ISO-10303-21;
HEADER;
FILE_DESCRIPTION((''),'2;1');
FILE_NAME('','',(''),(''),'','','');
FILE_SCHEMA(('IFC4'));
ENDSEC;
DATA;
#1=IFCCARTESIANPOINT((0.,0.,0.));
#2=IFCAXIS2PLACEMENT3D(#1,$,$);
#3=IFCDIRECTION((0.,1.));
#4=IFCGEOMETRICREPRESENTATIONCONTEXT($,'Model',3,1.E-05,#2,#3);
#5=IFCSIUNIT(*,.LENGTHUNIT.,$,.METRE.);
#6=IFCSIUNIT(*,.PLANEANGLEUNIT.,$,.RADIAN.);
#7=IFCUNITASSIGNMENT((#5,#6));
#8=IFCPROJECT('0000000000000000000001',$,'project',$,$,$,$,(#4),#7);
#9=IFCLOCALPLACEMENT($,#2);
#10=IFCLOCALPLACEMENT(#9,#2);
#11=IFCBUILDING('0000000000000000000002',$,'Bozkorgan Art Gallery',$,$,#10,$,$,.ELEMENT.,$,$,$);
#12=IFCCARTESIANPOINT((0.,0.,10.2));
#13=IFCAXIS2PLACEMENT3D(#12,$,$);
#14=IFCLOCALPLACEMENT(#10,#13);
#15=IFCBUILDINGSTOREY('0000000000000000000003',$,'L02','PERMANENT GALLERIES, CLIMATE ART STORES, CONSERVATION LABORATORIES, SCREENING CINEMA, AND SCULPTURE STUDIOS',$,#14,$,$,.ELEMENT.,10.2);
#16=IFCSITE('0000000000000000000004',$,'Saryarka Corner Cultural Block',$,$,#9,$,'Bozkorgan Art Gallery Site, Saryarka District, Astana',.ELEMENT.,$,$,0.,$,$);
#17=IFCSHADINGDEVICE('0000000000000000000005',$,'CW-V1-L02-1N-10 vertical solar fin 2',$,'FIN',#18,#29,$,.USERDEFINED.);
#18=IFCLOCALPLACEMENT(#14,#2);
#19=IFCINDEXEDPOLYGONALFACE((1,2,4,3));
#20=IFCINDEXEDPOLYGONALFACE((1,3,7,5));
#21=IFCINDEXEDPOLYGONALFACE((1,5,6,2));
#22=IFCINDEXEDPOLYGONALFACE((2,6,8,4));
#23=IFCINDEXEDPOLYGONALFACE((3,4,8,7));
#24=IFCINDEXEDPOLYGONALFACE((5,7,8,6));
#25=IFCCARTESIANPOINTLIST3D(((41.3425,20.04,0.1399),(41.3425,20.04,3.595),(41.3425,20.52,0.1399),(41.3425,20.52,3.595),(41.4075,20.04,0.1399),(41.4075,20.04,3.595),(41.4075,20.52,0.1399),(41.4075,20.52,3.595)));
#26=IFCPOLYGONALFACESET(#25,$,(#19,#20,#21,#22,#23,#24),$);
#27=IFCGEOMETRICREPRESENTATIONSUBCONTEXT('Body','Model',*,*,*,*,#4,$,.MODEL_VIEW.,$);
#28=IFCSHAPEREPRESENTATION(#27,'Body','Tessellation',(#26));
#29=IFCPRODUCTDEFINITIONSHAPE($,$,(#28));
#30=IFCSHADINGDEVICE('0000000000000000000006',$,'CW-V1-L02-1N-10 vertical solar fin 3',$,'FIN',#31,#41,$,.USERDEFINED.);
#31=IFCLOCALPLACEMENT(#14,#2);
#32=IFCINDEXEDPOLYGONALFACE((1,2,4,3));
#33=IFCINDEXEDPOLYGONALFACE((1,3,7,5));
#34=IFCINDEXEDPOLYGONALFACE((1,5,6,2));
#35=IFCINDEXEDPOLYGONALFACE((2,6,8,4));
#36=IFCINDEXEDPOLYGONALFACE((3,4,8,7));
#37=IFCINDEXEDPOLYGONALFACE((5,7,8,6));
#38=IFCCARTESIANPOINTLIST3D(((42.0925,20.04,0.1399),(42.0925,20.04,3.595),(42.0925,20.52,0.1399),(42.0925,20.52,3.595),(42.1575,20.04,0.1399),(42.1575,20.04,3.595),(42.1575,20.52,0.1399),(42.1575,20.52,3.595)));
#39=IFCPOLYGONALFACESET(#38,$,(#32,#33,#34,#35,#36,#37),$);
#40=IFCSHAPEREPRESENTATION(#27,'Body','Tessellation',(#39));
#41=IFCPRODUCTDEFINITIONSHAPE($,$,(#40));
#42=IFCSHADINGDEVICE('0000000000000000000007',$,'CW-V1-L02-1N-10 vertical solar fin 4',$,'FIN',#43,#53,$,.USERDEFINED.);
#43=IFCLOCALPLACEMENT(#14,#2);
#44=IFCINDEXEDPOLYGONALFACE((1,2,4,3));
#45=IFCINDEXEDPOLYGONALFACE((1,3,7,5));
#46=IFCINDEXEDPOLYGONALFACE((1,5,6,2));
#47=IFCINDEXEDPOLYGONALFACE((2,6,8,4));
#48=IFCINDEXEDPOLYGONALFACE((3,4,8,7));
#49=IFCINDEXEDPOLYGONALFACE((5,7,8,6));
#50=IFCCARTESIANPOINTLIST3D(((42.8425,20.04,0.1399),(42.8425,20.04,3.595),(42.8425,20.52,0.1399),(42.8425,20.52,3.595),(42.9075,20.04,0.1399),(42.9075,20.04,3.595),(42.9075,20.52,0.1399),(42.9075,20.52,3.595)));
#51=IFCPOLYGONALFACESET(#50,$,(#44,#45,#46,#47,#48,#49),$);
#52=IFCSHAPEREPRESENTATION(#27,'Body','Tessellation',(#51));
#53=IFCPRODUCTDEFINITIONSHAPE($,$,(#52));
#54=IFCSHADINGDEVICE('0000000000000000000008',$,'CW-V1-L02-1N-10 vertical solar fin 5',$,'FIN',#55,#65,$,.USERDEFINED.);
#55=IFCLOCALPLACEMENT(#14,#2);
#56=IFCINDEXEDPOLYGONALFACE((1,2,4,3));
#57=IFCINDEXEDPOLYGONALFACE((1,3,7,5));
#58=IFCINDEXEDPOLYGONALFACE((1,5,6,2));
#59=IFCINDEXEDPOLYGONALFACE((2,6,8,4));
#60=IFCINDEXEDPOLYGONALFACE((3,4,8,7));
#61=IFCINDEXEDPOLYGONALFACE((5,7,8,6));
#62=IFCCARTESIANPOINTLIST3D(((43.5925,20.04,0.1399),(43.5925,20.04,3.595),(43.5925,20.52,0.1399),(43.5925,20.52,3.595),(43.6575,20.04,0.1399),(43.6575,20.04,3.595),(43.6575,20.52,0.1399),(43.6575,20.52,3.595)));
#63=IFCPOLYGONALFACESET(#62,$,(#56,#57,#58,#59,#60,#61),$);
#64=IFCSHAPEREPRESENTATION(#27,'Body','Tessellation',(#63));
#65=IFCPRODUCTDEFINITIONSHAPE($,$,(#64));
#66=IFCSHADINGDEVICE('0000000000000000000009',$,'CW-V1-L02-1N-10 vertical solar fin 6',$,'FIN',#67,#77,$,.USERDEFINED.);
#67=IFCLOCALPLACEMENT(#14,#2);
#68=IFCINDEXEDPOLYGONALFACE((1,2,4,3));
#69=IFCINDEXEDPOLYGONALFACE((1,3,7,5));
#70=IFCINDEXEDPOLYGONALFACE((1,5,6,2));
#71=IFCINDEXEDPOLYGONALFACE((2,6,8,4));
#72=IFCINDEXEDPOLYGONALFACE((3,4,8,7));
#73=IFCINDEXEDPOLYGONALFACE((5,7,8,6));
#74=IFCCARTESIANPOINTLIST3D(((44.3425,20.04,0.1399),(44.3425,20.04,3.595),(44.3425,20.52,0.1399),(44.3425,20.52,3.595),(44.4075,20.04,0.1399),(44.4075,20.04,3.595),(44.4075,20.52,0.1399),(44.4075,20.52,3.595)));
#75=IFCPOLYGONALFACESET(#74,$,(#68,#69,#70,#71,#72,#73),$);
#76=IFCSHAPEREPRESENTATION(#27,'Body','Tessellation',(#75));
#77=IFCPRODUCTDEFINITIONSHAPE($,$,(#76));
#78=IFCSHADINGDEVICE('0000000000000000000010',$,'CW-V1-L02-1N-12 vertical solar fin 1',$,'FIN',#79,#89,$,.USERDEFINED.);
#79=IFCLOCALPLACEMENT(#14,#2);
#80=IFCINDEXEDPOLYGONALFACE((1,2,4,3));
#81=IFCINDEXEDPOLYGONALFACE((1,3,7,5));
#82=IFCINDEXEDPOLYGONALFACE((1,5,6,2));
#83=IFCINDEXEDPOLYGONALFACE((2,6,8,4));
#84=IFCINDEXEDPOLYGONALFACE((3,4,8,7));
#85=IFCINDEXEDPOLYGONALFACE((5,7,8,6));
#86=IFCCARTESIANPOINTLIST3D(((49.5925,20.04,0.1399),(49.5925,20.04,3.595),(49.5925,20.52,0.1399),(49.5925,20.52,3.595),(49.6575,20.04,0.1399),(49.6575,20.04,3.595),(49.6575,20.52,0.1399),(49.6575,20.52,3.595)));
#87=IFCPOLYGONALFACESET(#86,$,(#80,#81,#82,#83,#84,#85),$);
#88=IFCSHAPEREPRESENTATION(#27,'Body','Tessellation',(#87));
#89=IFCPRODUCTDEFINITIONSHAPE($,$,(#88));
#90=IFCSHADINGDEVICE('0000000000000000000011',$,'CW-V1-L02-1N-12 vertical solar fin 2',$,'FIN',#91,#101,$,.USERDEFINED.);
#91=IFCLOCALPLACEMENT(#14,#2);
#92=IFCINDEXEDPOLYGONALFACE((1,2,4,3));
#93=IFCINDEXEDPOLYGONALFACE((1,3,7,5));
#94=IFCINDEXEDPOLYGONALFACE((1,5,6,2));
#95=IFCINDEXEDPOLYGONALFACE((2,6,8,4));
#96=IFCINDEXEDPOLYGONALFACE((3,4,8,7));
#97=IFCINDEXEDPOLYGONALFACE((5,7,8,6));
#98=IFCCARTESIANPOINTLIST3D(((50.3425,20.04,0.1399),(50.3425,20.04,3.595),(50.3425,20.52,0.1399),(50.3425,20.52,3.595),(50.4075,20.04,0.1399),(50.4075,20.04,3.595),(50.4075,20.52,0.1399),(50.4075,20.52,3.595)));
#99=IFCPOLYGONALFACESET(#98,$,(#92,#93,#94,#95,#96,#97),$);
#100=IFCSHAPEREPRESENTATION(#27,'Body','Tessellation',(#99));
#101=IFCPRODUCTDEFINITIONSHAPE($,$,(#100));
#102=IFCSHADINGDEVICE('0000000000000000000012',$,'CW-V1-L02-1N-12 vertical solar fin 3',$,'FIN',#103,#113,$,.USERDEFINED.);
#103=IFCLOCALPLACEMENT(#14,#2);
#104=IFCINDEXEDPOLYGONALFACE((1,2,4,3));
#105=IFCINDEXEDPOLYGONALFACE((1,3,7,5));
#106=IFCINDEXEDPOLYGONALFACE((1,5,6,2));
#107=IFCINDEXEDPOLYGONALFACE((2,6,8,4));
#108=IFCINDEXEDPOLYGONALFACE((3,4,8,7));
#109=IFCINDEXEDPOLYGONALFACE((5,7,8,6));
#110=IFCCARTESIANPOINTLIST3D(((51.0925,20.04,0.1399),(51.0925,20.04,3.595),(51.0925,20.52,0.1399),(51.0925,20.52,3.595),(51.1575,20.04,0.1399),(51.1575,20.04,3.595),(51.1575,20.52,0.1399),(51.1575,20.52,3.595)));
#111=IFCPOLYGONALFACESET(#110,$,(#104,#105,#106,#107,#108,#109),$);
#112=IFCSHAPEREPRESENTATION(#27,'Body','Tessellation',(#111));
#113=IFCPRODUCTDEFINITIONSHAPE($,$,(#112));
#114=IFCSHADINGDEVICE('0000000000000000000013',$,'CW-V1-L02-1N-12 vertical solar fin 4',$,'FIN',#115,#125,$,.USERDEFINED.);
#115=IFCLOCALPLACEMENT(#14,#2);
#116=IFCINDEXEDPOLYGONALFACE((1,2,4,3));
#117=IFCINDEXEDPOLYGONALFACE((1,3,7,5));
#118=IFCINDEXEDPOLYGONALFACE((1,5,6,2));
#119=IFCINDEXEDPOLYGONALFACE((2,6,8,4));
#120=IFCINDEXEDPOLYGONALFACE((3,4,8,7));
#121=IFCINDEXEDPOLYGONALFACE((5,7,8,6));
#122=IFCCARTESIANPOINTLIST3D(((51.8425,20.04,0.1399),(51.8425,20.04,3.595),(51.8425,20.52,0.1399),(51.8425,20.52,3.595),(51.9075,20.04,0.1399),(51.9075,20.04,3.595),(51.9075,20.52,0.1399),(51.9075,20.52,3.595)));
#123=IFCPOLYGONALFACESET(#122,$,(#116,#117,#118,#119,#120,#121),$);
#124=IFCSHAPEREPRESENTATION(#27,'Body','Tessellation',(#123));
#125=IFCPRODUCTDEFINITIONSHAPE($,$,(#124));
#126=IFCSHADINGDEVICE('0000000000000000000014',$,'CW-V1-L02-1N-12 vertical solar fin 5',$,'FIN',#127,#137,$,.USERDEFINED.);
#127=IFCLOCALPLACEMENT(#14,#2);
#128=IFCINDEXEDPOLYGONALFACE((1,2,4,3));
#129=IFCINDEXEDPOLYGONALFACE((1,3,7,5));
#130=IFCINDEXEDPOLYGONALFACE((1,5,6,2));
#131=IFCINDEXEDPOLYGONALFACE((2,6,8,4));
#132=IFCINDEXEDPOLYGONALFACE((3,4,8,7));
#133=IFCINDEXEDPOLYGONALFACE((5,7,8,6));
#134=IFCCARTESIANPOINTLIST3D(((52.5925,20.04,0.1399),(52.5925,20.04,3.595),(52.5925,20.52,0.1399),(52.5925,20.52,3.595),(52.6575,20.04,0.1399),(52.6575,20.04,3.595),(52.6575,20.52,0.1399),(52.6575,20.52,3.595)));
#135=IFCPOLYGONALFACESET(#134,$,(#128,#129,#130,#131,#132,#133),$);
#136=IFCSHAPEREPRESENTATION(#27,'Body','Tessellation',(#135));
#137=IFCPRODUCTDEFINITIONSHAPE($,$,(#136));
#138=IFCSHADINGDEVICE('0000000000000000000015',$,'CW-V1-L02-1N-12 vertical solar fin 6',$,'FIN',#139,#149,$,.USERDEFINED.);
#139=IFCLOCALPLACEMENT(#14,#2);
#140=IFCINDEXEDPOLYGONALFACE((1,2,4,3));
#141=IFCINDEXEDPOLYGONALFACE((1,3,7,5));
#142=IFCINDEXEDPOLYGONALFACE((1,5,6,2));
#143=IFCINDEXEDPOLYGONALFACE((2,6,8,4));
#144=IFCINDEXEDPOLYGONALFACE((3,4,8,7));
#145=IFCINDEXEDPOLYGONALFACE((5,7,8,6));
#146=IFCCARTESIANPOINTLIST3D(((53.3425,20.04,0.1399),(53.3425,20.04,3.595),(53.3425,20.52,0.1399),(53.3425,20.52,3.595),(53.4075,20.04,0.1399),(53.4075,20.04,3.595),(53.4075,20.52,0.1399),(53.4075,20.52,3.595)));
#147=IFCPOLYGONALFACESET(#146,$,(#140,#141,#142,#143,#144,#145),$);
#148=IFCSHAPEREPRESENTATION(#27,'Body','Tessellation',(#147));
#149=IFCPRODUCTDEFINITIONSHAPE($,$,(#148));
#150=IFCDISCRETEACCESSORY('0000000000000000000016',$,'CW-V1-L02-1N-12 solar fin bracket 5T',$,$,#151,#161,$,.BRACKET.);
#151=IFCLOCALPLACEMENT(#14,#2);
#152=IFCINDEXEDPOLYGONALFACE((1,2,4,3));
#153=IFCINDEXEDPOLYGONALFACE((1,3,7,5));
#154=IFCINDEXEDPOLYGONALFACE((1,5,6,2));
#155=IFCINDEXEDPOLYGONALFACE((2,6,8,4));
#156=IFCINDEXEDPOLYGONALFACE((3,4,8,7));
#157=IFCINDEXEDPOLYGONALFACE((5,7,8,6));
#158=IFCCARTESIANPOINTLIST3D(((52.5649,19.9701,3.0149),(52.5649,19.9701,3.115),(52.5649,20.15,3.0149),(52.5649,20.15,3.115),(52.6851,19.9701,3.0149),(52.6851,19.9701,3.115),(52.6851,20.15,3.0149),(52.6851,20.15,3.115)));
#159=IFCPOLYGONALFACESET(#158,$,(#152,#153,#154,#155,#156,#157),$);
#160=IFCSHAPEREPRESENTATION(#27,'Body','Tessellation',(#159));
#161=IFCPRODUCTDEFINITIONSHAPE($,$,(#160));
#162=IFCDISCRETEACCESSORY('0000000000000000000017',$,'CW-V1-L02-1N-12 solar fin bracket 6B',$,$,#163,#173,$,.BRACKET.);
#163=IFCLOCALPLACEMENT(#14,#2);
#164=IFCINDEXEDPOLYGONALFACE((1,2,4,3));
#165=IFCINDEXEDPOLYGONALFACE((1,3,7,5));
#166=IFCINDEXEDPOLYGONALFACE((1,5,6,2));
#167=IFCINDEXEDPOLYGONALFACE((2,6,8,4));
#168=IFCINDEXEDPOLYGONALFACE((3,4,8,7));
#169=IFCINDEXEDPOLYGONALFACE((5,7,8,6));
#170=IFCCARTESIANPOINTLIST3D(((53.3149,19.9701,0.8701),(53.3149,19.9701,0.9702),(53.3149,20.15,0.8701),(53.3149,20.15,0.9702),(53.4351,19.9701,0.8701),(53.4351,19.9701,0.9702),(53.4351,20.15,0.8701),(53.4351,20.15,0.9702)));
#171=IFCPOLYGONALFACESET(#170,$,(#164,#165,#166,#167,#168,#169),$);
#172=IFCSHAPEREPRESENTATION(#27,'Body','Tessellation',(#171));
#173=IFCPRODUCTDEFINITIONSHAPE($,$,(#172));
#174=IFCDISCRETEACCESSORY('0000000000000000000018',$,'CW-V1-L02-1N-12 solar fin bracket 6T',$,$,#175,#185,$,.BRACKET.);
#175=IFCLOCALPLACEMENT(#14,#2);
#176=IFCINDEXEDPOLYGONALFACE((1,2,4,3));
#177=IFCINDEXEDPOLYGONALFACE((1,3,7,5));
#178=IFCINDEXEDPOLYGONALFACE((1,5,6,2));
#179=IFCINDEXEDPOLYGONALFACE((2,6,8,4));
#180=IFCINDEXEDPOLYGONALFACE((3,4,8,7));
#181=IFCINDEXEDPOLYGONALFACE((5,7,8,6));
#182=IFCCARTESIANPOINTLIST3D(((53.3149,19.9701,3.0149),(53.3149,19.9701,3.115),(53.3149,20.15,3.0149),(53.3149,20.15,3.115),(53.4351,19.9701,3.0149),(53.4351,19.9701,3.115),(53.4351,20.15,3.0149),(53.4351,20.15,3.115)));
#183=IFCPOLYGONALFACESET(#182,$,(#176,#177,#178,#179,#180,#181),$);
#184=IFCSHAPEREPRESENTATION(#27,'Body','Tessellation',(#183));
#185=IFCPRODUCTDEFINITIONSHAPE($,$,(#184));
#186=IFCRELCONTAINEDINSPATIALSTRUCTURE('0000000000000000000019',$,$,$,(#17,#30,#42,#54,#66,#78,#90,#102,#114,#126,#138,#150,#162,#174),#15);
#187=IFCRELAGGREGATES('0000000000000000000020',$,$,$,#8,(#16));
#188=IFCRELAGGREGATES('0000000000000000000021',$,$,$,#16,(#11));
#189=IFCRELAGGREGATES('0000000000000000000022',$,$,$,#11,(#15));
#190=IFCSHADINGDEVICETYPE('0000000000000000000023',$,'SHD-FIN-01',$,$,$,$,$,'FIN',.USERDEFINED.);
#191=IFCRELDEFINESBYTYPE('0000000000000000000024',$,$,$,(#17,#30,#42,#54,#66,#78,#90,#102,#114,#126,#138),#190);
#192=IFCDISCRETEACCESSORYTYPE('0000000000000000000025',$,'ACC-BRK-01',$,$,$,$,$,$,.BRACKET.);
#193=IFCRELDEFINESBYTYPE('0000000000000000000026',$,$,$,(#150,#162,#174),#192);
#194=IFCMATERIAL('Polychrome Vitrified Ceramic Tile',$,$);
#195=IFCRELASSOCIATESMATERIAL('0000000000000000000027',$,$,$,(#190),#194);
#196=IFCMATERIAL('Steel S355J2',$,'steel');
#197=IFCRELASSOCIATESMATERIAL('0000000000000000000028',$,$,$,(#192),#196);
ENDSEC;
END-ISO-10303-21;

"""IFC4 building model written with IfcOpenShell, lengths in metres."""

from ifc_helpers import new_model, si_unit, direction, frame, origin, origin_2d, place, context, subcontext, project, spatial, rectangle, extrude, material, type_object, element, save


model = new_model("IFC4")

# Units and contexts
model_context = context("Model", 3, precision=1e-05, world=origin(), true_north=direction((0.0, 1.0)))
body_context = subcontext(model_context, "Body", "Model", "MODEL_VIEW")
ifc_project = project(units=[si_unit("LENGTHUNIT", "METRE"), si_unit("PLANEANGLEUNIT", "RADIAN")], contexts=[model_context])

# Site, building, storey
site_placement = place(None, origin())
site = spatial("IfcSite", under=ifc_project, at=site_placement, Name="Saryarka Corner Cultural Block", LongName="Bozkorgan Art Gallery Site, Saryarka District, Astana", CompositionType="ELEMENT", RefElevation=0.0)
building_placement = place(site_placement, origin())
building = spatial("IfcBuilding", under=site, at=building_placement, Name="Bozkorgan Art Gallery", CompositionType="ELEMENT")
storey_placement = place(building_placement, frame((0.0, 0.0, 10.2)))
storey = spatial("IfcBuildingStorey", under=building, at=storey_placement, Name="L02", Description="PERMANENT GALLERIES, CLIMATE ART STORES, CONSERVATION LABORATORIES, SCREENING CINEMA, AND SCULPTURE STUDIOS", CompositionType="ELEMENT", Elevation=10.2)

# Shared definitions
ifc_material_1 = material(Name="Steel S355J2", Category="steel")

# Shading devices
ifc_material_2 = material(Name="Polychrome Vitrified Ceramic Tile")
shading_device_type = type_object("IfcShadingDeviceType", Name="SHD-FIN-01", ElementType="FIN", PredefinedType="USERDEFINED", material=ifc_material_2)
for number, where, z_axis, x_axis, name in (
    (1, (41.375, 20.28, 0.1399), (0.0, 0.0, 1.0), (0.0, 1.0, 0.0), "CW-V1-L02-1N-10 vertical solar fin 2"),
    (2, (42.125, 20.28, 0.1399), (0.0, 0.0, 1.0), (0.0, 1.0, 0.0), "CW-V1-L02-1N-10 vertical solar fin 3"),
    (3, (42.875, 20.28, 0.1399), (0.0, 0.0, 1.0), (0.0, 1.0, 0.0), "CW-V1-L02-1N-10 vertical solar fin 4"),
    (4, (43.625, 20.28, 0.1399), (0.0, 0.0, 1.0), (0.0, 1.0, 0.0), "CW-V1-L02-1N-10 vertical solar fin 5"),
    (5, (44.375, 20.28, 0.1399), (0.0, 0.0, 1.0), (0.0, 1.0, 0.0), "CW-V1-L02-1N-10 vertical solar fin 6"),
    (6, (49.625, 20.28, 0.1399), (0.0, 0.0, 1.0), (0.0, 1.0, 0.0), "CW-V1-L02-1N-12 vertical solar fin 1"),
    (7, (50.375, 20.28, 0.1399), (0.0, 0.0, 1.0), (0.0, 1.0, 0.0), "CW-V1-L02-1N-12 vertical solar fin 2"),
    (8, (51.125, 20.28, 0.1399), (0.0, 0.0, 1.0), (0.0, 1.0, 0.0), "CW-V1-L02-1N-12 vertical solar fin 3"),
    (9, (51.875, 20.28, 0.1399), (0.0, 0.0, 1.0), (0.0, 1.0, 0.0), "CW-V1-L02-1N-12 vertical solar fin 4"),
    (10, (52.625, 20.28, 0.1399), (0.0, 0.0, 1.0), (0.0, 1.0, 0.0), "CW-V1-L02-1N-12 vertical solar fin 5"),
    (11, (53.375, 20.28, 0.1399), (0.0, 0.0, 1.0), (0.0, 1.0, 0.0), "CW-V1-L02-1N-12 vertical solar fin 6"),
):
    element("IfcShadingDevice", number, at=place(storey_placement, frame(where, z_axis=z_axis, x_axis=x_axis)), inside=storey, type_object=shading_device_type, Name=name, ObjectType="FIN", PredefinedType="USERDEFINED", context=body_context, shape_type="SweptSolid", body=[
        extrude(rectangle(XDim=0.48, YDim=0.0649, at=origin_2d()), origin(), (0.0, 0.0, 1.0), 3.4551),
    ])

# Discrete accessories
discrete_accessory_type = type_object("IfcDiscreteAccessoryType", Name="ACC-BRK-01", PredefinedType="BRACKET", material=ifc_material_1)
for number, where, z_axis, x_axis, name in (
    (12, (52.625, 20.0601, 3.0149), (0.0, 0.0, 1.0), (0.0, 1.0, 0.0), "CW-V1-L02-1N-12 solar fin bracket 5T"),
    (13, (53.375, 20.0601, 0.8701), (0.0, 0.0, 1.0), (0.0, 1.0, 0.0), "CW-V1-L02-1N-12 solar fin bracket 6B"),
    (14, (53.375, 20.0601, 3.0149), (0.0, 0.0, 1.0), (0.0, 1.0, 0.0), "CW-V1-L02-1N-12 solar fin bracket 6T"),
):
    element("IfcDiscreteAccessory", number, at=place(storey_placement, frame(where, z_axis=z_axis, x_axis=x_axis)), inside=storey, type_object=discrete_accessory_type, Name=name, PredefinedType="BRACKET", context=body_context, shape_type="SweptSolid", body=[
        extrude(rectangle(XDim=0.1799, YDim=0.1201, at=origin_2d()), origin(), (0.0, 0.0, 1.0), 0.1001),
    ])

save(model, "model.ifc")
